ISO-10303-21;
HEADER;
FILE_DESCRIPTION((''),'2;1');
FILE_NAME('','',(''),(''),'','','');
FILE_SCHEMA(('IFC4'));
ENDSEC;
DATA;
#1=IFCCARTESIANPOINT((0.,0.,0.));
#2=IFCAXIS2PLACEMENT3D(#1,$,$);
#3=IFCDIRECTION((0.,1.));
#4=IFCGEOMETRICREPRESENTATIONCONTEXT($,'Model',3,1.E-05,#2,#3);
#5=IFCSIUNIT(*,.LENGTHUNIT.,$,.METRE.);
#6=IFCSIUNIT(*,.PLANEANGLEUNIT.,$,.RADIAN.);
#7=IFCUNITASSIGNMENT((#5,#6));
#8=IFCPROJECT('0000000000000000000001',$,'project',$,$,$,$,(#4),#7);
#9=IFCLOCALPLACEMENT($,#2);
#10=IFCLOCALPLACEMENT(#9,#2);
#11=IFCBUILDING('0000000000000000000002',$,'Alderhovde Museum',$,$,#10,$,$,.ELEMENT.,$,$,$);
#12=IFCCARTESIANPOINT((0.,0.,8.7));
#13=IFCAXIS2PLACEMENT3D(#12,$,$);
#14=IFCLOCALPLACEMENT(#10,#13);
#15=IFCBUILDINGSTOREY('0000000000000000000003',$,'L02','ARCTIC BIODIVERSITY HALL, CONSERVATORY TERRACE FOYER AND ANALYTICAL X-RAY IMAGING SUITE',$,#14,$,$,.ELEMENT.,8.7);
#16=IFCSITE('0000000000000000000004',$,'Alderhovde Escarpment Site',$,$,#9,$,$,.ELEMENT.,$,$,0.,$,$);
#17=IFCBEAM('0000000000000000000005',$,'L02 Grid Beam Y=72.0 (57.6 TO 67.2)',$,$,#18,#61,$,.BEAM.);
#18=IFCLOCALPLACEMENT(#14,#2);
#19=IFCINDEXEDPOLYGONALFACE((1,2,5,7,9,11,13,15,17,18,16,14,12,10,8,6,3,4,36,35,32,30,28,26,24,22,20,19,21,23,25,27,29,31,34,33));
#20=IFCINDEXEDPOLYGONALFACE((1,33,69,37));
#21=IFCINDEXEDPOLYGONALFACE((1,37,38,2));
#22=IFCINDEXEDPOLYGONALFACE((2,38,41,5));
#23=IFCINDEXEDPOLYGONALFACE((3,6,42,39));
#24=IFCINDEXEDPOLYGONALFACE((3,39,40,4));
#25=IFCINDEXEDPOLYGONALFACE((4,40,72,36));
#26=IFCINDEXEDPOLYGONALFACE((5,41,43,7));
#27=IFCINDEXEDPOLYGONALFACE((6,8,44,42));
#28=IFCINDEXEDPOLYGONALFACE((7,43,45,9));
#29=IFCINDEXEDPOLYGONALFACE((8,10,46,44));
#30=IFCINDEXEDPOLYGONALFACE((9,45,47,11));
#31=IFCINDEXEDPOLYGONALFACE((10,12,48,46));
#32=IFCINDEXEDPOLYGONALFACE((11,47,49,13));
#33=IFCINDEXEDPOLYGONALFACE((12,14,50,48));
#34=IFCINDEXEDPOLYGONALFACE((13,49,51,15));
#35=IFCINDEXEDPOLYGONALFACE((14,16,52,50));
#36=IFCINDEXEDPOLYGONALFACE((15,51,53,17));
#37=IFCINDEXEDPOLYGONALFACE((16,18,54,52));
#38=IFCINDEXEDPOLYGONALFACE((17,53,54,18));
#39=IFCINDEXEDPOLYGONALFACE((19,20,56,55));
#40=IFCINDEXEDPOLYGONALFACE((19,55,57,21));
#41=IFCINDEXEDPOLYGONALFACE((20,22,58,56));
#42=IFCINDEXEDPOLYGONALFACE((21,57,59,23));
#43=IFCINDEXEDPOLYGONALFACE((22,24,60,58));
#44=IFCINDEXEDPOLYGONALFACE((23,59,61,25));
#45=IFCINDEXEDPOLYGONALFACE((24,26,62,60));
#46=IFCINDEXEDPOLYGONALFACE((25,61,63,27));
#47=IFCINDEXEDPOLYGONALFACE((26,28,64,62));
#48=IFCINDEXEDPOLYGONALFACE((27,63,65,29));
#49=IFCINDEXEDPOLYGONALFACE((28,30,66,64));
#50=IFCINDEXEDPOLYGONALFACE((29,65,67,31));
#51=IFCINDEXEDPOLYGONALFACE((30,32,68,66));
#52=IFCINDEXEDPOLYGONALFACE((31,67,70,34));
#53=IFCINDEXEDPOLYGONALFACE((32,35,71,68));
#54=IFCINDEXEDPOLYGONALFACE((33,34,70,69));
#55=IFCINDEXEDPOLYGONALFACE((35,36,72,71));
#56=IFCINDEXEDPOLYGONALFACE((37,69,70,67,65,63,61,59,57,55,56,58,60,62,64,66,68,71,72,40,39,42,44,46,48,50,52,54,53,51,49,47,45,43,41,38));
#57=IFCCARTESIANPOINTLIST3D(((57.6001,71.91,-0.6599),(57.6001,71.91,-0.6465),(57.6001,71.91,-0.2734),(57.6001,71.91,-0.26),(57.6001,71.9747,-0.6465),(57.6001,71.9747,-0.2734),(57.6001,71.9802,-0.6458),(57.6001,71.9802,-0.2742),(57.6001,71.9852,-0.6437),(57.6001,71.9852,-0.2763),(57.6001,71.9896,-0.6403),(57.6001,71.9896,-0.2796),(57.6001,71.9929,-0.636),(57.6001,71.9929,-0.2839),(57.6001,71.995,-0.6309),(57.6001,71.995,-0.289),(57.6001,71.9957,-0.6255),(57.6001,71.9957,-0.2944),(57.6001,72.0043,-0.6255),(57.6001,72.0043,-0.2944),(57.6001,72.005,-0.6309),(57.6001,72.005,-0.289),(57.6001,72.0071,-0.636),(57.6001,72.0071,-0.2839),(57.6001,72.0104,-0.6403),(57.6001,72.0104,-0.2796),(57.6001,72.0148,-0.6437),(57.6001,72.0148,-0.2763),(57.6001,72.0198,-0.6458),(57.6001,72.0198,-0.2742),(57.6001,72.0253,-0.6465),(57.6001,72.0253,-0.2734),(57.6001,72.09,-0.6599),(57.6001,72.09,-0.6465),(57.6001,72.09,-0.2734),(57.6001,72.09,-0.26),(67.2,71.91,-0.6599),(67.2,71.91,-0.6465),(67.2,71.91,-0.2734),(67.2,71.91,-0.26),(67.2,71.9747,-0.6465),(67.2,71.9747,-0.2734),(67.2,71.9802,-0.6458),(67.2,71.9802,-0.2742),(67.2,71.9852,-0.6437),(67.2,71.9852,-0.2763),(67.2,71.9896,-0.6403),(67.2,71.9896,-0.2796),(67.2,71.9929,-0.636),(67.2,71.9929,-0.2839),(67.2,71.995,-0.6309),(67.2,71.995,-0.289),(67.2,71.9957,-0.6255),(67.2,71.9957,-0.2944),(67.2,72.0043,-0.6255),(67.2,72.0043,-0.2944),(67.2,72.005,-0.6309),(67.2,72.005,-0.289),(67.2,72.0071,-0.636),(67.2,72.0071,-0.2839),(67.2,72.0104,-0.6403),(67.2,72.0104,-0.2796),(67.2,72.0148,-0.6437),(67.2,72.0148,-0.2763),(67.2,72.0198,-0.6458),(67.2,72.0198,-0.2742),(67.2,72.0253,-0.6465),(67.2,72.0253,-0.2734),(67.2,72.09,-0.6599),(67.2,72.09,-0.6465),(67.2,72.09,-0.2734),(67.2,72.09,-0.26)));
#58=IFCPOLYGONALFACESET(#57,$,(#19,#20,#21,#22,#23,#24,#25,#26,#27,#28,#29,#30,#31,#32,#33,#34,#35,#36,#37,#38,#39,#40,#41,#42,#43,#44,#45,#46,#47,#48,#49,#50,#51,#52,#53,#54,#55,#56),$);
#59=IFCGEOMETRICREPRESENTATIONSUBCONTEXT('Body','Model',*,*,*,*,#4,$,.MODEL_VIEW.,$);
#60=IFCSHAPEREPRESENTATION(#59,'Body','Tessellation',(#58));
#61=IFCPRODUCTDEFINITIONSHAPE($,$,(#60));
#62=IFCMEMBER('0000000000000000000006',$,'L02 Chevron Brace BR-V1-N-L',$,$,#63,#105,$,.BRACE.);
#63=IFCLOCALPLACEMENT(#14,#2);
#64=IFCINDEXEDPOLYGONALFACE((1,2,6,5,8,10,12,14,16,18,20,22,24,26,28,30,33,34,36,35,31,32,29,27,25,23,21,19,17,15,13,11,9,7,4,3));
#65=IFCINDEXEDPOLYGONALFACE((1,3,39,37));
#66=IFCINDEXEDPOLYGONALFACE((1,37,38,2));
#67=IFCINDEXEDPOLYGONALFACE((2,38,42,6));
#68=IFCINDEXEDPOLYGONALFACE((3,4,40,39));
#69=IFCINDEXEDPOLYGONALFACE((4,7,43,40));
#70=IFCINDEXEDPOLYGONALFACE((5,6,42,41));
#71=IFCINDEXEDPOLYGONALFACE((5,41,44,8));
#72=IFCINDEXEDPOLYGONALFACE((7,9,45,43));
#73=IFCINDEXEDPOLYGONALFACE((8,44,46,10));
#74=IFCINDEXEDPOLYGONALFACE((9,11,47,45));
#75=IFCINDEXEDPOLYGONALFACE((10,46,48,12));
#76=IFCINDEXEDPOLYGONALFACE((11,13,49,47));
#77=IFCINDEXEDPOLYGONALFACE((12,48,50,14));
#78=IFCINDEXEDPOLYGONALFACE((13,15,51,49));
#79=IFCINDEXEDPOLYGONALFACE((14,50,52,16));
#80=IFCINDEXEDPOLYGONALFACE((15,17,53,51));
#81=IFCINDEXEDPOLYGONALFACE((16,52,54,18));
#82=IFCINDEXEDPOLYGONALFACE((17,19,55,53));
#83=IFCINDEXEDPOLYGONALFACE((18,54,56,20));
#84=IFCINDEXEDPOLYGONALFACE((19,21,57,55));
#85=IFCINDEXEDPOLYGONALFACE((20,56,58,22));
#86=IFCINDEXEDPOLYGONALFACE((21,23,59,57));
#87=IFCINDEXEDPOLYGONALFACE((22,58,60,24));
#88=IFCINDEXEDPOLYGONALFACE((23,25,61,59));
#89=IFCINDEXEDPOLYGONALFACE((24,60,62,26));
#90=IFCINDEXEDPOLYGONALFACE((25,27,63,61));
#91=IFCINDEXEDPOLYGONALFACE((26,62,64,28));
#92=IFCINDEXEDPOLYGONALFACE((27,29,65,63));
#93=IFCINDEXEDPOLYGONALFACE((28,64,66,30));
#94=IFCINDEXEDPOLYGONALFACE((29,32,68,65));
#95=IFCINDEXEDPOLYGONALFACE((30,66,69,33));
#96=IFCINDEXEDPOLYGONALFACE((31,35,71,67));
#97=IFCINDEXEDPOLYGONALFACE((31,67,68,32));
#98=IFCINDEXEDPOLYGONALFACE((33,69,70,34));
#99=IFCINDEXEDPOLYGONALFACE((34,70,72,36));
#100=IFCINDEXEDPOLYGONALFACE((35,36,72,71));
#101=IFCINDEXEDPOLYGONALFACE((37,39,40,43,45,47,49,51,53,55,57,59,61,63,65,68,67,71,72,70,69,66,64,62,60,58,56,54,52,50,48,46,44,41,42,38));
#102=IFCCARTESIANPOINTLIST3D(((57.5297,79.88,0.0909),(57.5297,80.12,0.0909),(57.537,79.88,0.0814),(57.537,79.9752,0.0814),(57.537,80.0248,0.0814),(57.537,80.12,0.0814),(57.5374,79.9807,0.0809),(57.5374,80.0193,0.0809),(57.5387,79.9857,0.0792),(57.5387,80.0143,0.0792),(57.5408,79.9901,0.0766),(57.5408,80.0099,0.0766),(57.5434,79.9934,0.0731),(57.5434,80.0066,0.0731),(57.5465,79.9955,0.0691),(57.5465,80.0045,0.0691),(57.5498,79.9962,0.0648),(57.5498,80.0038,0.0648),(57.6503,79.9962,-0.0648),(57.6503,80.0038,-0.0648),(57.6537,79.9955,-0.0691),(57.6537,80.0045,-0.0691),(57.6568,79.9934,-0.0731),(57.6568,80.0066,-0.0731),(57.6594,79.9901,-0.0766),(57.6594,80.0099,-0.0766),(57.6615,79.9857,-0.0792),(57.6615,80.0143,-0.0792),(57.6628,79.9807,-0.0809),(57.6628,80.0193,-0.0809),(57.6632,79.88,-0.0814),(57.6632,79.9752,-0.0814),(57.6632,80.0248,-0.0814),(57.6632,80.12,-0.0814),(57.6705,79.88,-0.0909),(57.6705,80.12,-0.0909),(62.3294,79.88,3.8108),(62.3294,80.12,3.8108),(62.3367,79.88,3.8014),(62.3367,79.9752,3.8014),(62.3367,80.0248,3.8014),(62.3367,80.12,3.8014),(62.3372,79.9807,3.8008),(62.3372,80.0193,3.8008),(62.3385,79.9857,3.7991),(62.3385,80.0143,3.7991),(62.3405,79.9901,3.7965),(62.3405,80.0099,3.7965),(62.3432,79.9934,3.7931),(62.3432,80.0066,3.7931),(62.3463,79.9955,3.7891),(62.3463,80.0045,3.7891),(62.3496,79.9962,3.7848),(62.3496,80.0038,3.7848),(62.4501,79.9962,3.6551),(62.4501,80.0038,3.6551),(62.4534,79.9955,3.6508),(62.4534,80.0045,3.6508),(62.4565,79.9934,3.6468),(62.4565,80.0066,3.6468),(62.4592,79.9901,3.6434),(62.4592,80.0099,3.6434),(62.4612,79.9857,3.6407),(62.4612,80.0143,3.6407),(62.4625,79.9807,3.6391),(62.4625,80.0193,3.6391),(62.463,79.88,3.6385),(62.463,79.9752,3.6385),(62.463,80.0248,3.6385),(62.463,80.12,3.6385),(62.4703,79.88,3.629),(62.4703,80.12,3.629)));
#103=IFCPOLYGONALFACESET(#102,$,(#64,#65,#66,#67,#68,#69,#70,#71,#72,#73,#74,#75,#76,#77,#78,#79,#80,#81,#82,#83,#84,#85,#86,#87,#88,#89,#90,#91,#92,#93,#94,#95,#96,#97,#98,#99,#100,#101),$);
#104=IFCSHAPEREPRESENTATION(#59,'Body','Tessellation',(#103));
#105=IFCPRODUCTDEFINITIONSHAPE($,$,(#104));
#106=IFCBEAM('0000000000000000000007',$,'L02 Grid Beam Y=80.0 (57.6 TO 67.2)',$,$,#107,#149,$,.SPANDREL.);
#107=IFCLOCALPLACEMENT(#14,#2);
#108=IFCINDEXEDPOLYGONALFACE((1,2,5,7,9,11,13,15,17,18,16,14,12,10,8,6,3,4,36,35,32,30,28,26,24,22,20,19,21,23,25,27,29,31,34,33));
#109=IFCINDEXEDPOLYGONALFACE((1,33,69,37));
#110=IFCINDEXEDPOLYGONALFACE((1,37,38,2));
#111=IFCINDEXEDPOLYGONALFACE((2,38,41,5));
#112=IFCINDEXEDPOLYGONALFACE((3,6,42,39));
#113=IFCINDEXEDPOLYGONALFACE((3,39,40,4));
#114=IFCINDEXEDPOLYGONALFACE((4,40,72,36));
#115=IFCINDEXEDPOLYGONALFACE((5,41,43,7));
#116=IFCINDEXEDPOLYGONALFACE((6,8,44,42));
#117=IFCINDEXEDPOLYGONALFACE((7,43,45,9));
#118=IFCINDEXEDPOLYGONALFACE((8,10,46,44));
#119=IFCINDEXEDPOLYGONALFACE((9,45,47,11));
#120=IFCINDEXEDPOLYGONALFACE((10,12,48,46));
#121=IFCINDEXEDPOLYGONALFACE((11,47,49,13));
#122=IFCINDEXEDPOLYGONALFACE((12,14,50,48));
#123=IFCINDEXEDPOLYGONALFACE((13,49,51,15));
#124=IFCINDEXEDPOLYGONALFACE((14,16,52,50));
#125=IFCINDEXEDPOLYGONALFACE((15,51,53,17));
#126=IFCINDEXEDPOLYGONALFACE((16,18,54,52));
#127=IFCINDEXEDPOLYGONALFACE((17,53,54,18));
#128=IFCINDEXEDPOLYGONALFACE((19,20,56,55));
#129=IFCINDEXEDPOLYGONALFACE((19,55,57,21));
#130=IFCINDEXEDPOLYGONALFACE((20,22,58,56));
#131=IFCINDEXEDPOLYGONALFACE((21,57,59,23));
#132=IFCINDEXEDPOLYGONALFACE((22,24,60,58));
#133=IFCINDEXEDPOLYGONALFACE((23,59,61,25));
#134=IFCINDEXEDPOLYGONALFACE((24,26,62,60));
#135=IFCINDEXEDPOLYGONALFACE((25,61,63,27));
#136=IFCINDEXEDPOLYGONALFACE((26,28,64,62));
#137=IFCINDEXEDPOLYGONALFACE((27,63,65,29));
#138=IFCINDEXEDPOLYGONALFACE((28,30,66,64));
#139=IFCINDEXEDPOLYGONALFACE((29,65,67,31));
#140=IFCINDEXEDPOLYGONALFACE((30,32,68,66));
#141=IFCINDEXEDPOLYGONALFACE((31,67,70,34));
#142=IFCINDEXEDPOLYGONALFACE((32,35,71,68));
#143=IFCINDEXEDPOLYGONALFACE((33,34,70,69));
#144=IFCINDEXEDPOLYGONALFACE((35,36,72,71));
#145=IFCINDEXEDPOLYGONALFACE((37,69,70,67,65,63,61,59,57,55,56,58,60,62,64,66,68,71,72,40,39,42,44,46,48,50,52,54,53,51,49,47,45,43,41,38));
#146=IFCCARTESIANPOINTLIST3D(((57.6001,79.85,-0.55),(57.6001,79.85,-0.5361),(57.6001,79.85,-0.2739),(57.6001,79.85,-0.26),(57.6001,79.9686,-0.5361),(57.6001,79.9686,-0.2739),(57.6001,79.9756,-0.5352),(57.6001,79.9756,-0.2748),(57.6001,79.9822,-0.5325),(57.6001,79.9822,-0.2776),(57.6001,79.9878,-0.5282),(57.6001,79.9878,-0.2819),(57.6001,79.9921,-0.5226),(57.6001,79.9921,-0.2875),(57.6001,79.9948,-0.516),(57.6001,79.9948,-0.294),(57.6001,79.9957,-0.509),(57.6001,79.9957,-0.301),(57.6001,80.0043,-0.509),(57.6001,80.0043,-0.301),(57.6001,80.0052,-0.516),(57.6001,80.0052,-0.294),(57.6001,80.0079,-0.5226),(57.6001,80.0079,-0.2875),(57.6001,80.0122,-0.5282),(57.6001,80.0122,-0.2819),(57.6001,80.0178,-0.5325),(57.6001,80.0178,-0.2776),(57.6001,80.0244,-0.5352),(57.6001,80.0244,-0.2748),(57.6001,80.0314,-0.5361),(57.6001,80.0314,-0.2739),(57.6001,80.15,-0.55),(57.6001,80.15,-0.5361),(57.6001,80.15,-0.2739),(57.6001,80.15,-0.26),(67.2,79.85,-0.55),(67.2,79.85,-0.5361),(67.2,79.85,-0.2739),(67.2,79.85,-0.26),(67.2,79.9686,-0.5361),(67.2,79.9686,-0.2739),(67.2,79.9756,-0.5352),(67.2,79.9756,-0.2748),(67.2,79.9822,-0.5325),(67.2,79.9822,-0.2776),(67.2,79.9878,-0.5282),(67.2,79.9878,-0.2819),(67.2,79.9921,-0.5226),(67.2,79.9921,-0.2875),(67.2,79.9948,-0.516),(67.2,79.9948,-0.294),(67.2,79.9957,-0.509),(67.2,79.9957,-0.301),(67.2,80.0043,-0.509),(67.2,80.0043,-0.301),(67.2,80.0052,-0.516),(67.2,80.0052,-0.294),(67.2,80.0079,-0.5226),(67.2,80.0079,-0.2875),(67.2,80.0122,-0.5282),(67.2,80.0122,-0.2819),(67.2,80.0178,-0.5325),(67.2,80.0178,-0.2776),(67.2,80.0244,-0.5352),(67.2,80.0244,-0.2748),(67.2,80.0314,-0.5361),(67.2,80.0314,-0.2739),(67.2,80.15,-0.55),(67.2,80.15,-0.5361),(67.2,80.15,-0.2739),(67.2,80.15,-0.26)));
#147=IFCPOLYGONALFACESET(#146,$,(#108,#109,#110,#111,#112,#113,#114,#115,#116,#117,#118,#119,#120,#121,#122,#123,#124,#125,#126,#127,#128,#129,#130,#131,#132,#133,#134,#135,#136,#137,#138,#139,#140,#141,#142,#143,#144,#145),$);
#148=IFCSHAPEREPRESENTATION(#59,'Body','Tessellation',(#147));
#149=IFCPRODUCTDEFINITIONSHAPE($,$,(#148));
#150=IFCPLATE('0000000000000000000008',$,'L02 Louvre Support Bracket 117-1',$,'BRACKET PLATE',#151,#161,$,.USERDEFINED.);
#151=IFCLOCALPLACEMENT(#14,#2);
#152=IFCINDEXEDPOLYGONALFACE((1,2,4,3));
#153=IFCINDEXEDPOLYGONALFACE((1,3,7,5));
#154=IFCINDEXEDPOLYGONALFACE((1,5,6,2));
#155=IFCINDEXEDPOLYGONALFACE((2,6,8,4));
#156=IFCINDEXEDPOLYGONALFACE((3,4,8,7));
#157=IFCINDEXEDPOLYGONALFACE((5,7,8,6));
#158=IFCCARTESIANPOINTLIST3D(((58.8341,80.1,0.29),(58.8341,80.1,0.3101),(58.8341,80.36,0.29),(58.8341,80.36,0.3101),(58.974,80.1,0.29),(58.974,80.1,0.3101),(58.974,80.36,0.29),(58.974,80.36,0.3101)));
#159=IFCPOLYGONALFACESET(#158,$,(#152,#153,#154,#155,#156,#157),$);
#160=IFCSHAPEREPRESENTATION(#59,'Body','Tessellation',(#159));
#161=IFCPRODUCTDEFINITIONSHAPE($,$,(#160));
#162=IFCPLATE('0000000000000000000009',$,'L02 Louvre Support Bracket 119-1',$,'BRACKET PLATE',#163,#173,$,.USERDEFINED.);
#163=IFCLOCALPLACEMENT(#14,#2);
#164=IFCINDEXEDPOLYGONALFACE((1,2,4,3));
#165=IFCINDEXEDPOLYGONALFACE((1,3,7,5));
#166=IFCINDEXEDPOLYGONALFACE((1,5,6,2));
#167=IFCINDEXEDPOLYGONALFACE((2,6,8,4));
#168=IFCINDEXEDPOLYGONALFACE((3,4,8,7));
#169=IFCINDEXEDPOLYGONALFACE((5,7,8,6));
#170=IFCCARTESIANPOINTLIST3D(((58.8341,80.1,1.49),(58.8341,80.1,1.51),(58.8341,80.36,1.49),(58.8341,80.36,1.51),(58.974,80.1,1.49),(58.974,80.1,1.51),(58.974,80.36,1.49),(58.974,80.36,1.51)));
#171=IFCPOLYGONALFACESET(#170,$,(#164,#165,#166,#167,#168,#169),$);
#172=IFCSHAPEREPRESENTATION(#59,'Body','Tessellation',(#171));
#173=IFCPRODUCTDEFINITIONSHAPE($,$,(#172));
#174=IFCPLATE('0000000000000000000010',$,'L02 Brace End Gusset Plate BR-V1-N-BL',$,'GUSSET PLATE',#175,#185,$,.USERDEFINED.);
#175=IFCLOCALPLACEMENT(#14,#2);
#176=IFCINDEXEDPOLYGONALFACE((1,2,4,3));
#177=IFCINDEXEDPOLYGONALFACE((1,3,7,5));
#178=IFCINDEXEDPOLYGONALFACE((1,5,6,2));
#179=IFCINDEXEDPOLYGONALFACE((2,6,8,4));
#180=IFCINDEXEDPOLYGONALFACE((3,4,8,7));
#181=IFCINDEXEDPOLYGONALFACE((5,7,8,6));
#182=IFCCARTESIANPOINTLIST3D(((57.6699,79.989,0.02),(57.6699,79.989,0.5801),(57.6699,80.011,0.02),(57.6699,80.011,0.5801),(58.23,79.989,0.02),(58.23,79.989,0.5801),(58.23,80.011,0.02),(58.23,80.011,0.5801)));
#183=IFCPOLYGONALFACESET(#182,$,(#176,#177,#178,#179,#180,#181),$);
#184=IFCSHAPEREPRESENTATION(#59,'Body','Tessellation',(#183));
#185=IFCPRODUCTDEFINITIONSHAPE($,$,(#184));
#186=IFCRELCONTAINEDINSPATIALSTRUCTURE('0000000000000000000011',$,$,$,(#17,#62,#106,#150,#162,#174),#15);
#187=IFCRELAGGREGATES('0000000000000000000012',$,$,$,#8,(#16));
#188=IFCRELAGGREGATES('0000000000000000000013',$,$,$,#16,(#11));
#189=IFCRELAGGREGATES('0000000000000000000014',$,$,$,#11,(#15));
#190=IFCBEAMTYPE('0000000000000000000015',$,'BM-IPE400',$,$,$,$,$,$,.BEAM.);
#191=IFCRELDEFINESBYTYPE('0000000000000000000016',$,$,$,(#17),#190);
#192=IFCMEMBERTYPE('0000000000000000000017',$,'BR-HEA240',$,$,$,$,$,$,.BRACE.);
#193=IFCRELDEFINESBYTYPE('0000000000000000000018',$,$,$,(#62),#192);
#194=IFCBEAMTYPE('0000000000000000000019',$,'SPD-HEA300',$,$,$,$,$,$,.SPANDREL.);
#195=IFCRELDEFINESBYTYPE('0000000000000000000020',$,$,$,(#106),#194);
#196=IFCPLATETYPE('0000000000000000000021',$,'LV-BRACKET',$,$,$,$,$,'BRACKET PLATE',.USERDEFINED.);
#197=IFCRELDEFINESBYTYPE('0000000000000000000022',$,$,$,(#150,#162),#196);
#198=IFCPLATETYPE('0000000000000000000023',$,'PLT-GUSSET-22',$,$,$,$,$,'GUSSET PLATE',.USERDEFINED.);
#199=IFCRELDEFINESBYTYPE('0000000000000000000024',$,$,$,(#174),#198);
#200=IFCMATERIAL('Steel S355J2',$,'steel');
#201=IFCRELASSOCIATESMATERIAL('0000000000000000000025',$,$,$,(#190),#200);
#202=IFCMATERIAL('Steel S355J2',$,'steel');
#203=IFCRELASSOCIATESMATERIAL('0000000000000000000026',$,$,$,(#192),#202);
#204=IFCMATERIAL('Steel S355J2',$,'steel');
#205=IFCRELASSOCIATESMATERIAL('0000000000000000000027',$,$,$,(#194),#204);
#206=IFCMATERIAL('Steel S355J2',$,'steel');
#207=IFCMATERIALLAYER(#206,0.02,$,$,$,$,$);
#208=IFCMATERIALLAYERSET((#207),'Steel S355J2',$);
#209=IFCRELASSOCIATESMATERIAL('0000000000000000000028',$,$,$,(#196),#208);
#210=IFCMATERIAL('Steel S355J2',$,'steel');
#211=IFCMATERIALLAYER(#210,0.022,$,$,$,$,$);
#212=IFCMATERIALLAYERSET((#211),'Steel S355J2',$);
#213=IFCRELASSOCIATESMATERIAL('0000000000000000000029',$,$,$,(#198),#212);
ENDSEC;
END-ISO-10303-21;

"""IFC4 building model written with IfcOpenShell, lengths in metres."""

from ifc_helpers import new_model, si_unit, direction, frame, origin, origin_2d, place, context, subcontext, project, spatial, rectangle, i_section, extrude, material, layer, layer_set, material_profile, profile_set, type_object, element, save


model = new_model("IFC4")

# Units and contexts
model_context = context("Model", 3, precision=1e-05, world=origin(), true_north=direction((0.0, 1.0)))
body_context = subcontext(model_context, "Body", "Model", "MODEL_VIEW")
ifc_project = project(units=[si_unit("LENGTHUNIT", "METRE"), si_unit("PLANEANGLEUNIT", "RADIAN")], contexts=[model_context])

# Site, building, storey
site_placement = place(None, origin())
site = spatial("IfcSite", under=ifc_project, at=site_placement, Name="Alderhovde Escarpment Site", CompositionType="ELEMENT", RefElevation=0.0)
building_placement = place(site_placement, origin())
building = spatial("IfcBuilding", under=site, at=building_placement, Name="Alderhovde Museum", CompositionType="ELEMENT")
storey_placement = place(building_placement, frame((0.0, 0.0, 8.7)))
storey = spatial("IfcBuildingStorey", under=building, at=storey_placement, Name="L02", Description="ARCTIC BIODIVERSITY HALL, CONSERVATORY TERRACE FOYER AND ANALYTICAL X-RAY IMAGING SUITE", CompositionType="ELEMENT", Elevation=8.7)

# Beam
ifc_material_1 = material(Name="Steel S355J2", Category="steel")
ifc_material_profile_1 = material_profile(ifc_material_1, i_section(OverallWidth=0.1799, OverallDepth=0.3999, WebThickness=0.0085, FlangeThickness=0.0134, FilletRadius=0.021, at=origin_2d()), Name="IPE 400")
ifc_profile_set_1 = profile_set([ifc_material_profile_1], Name="Steel S355J2")
beam_type_1 = type_object("IfcBeamType", Name="BM-IPE400", PredefinedType="BEAM", material=ifc_profile_set_1)
for number, where, z_axis, x_axis, name in (
    (1, (57.6001, 72.0, -0.46), (1.0, 0.0, 0.0), (0.0, 1.0, 0.0), "L02 Grid Beam Y=72.0 (57.6 TO 67.2)"),
):
    element("IfcBeam", number, at=place(storey_placement, frame(where, z_axis=z_axis, x_axis=x_axis)), inside=storey, type_object=beam_type_1, Name=name, PredefinedType="BEAM", context=body_context, shape_type="SweptSolid", body=[
        extrude(i_section(OverallWidth=0.1799, OverallDepth=0.3999, WebThickness=0.0085, FlangeThickness=0.0134, FilletRadius=0.021, at=origin_2d()), origin(), (0.0, 0.0, 1.0), 9.5999),
    ])

# Member
ifc_material_2 = material(Name="Steel S355J2", Category="steel")
ifc_material_profile_2 = material_profile(ifc_material_2, i_section(OverallWidth=0.24, OverallDepth=0.23, WebThickness=0.0076, FlangeThickness=0.012, FilletRadius=0.021, at=origin_2d()), Name="HEA 240")
ifc_profile_set_2 = profile_set([ifc_material_profile_2], Name="Steel S355J2")
member_type = type_object("IfcMemberType", Name="BR-HEA240", PredefinedType="BRACE", material=ifc_profile_set_2)
member_placement = place(storey_placement, frame((57.6001, 80.0, 0.0), z_axis=(0.790405, 0.0, 0.612584), x_axis=(0.0, 1.0, 0.0)))
element("IfcMember", 2, at=member_placement, inside=storey, type_object=member_type, Name="L02 Chevron Brace BR-V1-N-L", PredefinedType="BRACE", context=body_context, shape_type="SweptSolid", body=[
    extrude(i_section(OverallWidth=0.24, OverallDepth=0.23, WebThickness=0.0076, FlangeThickness=0.012, FilletRadius=0.021, at=origin_2d()), origin(), (0.0, 0.0, 1.0), 6.0725),
])

# Beam
ifc_material_3 = material(Name="Steel S355J2", Category="steel")
ifc_material_profile_3 = material_profile(ifc_material_3, i_section(OverallWidth=0.3, OverallDepth=0.29, WebThickness=0.0085, FlangeThickness=0.0139, FilletRadius=0.0271, at=origin_2d()), Name="HEA 300")
ifc_profile_set_3 = profile_set([ifc_material_profile_3], Name="Steel S355J2")
beam_type_2 = type_object("IfcBeamType", Name="SPD-HEA300", PredefinedType="SPANDREL", material=ifc_profile_set_3)
beam_placement = place(storey_placement, frame((57.6001, 80.0, -0.405), z_axis=(1.0, 0.0, 0.0), x_axis=(0.0, 1.0, 0.0)))
element("IfcBeam", 3, at=beam_placement, inside=storey, type_object=beam_type_2, Name="L02 Grid Beam Y=80.0 (57.6 TO 67.2)", PredefinedType="SPANDREL", context=body_context, shape_type="SweptSolid", body=[
    extrude(i_section(OverallWidth=0.3, OverallDepth=0.29, WebThickness=0.0085, FlangeThickness=0.0139, FilletRadius=0.0271, at=origin_2d()), origin(), (0.0, 0.0, 1.0), 9.5999),
])

# Plates
ifc_material_4 = material(Name="Steel S355J2", Category="steel")
ifc_layer_1 = layer(ifc_material_4, 0.02)
ifc_layer_set_1 = layer_set([ifc_layer_1], Name="Steel S355J2")
plate_type_1 = type_object("IfcPlateType", Name="LV-BRACKET", ElementType="BRACKET PLATE", PredefinedType="USERDEFINED", material=ifc_layer_set_1)
for number, where, z_axis, x_axis, name in (
    (4, (58.9041, 80.23, 0.29), (0.0, 0.0, 1.0), (1.0, 0.0, 0.0), "L02 Louvre Support Bracket 117-1"),
    (5, (58.9041, 80.23, 1.49), (0.0, 0.0, 1.0), (1.0, 0.0, 0.0), "L02 Louvre Support Bracket 119-1"),
):
    element("IfcPlate", number, at=place(storey_placement, frame(where, z_axis=z_axis, x_axis=x_axis)), inside=storey, type_object=plate_type_1, Name=name, ObjectType="BRACKET PLATE", PredefinedType="USERDEFINED", context=body_context, shape_type="SweptSolid", body=[
        extrude(rectangle(XDim=0.1399, YDim=0.26, at=origin_2d()), origin(), (0.0, 0.0, 1.0), 0.02),
    ])
ifc_material_5 = material(Name="Steel S355J2", Category="steel")
ifc_layer_2 = layer(ifc_material_5, 0.022)
ifc_layer_set_2 = layer_set([ifc_layer_2], Name="Steel S355J2")
plate_type_2 = type_object("IfcPlateType", Name="PLT-GUSSET-22", ElementType="GUSSET PLATE", PredefinedType="USERDEFINED", material=ifc_layer_set_2)
plate_placement = place(storey_placement, frame((57.95, 80.0, 0.02), z_axis=(0.0, 0.0, 1.0), x_axis=(1.0, 0.0, 0.0)))
element("IfcPlate", 6, at=plate_placement, inside=storey, type_object=plate_type_2, Name="L02 Brace End Gusset Plate BR-V1-N-BL", ObjectType="GUSSET PLATE", PredefinedType="USERDEFINED", context=body_context, shape_type="SweptSolid", body=[
    extrude(rectangle(XDim=0.5601, YDim=0.022, at=origin_2d()), origin(), (0.0, 0.0, 1.0), 0.5601),
])

save(model, "model.ifc")
